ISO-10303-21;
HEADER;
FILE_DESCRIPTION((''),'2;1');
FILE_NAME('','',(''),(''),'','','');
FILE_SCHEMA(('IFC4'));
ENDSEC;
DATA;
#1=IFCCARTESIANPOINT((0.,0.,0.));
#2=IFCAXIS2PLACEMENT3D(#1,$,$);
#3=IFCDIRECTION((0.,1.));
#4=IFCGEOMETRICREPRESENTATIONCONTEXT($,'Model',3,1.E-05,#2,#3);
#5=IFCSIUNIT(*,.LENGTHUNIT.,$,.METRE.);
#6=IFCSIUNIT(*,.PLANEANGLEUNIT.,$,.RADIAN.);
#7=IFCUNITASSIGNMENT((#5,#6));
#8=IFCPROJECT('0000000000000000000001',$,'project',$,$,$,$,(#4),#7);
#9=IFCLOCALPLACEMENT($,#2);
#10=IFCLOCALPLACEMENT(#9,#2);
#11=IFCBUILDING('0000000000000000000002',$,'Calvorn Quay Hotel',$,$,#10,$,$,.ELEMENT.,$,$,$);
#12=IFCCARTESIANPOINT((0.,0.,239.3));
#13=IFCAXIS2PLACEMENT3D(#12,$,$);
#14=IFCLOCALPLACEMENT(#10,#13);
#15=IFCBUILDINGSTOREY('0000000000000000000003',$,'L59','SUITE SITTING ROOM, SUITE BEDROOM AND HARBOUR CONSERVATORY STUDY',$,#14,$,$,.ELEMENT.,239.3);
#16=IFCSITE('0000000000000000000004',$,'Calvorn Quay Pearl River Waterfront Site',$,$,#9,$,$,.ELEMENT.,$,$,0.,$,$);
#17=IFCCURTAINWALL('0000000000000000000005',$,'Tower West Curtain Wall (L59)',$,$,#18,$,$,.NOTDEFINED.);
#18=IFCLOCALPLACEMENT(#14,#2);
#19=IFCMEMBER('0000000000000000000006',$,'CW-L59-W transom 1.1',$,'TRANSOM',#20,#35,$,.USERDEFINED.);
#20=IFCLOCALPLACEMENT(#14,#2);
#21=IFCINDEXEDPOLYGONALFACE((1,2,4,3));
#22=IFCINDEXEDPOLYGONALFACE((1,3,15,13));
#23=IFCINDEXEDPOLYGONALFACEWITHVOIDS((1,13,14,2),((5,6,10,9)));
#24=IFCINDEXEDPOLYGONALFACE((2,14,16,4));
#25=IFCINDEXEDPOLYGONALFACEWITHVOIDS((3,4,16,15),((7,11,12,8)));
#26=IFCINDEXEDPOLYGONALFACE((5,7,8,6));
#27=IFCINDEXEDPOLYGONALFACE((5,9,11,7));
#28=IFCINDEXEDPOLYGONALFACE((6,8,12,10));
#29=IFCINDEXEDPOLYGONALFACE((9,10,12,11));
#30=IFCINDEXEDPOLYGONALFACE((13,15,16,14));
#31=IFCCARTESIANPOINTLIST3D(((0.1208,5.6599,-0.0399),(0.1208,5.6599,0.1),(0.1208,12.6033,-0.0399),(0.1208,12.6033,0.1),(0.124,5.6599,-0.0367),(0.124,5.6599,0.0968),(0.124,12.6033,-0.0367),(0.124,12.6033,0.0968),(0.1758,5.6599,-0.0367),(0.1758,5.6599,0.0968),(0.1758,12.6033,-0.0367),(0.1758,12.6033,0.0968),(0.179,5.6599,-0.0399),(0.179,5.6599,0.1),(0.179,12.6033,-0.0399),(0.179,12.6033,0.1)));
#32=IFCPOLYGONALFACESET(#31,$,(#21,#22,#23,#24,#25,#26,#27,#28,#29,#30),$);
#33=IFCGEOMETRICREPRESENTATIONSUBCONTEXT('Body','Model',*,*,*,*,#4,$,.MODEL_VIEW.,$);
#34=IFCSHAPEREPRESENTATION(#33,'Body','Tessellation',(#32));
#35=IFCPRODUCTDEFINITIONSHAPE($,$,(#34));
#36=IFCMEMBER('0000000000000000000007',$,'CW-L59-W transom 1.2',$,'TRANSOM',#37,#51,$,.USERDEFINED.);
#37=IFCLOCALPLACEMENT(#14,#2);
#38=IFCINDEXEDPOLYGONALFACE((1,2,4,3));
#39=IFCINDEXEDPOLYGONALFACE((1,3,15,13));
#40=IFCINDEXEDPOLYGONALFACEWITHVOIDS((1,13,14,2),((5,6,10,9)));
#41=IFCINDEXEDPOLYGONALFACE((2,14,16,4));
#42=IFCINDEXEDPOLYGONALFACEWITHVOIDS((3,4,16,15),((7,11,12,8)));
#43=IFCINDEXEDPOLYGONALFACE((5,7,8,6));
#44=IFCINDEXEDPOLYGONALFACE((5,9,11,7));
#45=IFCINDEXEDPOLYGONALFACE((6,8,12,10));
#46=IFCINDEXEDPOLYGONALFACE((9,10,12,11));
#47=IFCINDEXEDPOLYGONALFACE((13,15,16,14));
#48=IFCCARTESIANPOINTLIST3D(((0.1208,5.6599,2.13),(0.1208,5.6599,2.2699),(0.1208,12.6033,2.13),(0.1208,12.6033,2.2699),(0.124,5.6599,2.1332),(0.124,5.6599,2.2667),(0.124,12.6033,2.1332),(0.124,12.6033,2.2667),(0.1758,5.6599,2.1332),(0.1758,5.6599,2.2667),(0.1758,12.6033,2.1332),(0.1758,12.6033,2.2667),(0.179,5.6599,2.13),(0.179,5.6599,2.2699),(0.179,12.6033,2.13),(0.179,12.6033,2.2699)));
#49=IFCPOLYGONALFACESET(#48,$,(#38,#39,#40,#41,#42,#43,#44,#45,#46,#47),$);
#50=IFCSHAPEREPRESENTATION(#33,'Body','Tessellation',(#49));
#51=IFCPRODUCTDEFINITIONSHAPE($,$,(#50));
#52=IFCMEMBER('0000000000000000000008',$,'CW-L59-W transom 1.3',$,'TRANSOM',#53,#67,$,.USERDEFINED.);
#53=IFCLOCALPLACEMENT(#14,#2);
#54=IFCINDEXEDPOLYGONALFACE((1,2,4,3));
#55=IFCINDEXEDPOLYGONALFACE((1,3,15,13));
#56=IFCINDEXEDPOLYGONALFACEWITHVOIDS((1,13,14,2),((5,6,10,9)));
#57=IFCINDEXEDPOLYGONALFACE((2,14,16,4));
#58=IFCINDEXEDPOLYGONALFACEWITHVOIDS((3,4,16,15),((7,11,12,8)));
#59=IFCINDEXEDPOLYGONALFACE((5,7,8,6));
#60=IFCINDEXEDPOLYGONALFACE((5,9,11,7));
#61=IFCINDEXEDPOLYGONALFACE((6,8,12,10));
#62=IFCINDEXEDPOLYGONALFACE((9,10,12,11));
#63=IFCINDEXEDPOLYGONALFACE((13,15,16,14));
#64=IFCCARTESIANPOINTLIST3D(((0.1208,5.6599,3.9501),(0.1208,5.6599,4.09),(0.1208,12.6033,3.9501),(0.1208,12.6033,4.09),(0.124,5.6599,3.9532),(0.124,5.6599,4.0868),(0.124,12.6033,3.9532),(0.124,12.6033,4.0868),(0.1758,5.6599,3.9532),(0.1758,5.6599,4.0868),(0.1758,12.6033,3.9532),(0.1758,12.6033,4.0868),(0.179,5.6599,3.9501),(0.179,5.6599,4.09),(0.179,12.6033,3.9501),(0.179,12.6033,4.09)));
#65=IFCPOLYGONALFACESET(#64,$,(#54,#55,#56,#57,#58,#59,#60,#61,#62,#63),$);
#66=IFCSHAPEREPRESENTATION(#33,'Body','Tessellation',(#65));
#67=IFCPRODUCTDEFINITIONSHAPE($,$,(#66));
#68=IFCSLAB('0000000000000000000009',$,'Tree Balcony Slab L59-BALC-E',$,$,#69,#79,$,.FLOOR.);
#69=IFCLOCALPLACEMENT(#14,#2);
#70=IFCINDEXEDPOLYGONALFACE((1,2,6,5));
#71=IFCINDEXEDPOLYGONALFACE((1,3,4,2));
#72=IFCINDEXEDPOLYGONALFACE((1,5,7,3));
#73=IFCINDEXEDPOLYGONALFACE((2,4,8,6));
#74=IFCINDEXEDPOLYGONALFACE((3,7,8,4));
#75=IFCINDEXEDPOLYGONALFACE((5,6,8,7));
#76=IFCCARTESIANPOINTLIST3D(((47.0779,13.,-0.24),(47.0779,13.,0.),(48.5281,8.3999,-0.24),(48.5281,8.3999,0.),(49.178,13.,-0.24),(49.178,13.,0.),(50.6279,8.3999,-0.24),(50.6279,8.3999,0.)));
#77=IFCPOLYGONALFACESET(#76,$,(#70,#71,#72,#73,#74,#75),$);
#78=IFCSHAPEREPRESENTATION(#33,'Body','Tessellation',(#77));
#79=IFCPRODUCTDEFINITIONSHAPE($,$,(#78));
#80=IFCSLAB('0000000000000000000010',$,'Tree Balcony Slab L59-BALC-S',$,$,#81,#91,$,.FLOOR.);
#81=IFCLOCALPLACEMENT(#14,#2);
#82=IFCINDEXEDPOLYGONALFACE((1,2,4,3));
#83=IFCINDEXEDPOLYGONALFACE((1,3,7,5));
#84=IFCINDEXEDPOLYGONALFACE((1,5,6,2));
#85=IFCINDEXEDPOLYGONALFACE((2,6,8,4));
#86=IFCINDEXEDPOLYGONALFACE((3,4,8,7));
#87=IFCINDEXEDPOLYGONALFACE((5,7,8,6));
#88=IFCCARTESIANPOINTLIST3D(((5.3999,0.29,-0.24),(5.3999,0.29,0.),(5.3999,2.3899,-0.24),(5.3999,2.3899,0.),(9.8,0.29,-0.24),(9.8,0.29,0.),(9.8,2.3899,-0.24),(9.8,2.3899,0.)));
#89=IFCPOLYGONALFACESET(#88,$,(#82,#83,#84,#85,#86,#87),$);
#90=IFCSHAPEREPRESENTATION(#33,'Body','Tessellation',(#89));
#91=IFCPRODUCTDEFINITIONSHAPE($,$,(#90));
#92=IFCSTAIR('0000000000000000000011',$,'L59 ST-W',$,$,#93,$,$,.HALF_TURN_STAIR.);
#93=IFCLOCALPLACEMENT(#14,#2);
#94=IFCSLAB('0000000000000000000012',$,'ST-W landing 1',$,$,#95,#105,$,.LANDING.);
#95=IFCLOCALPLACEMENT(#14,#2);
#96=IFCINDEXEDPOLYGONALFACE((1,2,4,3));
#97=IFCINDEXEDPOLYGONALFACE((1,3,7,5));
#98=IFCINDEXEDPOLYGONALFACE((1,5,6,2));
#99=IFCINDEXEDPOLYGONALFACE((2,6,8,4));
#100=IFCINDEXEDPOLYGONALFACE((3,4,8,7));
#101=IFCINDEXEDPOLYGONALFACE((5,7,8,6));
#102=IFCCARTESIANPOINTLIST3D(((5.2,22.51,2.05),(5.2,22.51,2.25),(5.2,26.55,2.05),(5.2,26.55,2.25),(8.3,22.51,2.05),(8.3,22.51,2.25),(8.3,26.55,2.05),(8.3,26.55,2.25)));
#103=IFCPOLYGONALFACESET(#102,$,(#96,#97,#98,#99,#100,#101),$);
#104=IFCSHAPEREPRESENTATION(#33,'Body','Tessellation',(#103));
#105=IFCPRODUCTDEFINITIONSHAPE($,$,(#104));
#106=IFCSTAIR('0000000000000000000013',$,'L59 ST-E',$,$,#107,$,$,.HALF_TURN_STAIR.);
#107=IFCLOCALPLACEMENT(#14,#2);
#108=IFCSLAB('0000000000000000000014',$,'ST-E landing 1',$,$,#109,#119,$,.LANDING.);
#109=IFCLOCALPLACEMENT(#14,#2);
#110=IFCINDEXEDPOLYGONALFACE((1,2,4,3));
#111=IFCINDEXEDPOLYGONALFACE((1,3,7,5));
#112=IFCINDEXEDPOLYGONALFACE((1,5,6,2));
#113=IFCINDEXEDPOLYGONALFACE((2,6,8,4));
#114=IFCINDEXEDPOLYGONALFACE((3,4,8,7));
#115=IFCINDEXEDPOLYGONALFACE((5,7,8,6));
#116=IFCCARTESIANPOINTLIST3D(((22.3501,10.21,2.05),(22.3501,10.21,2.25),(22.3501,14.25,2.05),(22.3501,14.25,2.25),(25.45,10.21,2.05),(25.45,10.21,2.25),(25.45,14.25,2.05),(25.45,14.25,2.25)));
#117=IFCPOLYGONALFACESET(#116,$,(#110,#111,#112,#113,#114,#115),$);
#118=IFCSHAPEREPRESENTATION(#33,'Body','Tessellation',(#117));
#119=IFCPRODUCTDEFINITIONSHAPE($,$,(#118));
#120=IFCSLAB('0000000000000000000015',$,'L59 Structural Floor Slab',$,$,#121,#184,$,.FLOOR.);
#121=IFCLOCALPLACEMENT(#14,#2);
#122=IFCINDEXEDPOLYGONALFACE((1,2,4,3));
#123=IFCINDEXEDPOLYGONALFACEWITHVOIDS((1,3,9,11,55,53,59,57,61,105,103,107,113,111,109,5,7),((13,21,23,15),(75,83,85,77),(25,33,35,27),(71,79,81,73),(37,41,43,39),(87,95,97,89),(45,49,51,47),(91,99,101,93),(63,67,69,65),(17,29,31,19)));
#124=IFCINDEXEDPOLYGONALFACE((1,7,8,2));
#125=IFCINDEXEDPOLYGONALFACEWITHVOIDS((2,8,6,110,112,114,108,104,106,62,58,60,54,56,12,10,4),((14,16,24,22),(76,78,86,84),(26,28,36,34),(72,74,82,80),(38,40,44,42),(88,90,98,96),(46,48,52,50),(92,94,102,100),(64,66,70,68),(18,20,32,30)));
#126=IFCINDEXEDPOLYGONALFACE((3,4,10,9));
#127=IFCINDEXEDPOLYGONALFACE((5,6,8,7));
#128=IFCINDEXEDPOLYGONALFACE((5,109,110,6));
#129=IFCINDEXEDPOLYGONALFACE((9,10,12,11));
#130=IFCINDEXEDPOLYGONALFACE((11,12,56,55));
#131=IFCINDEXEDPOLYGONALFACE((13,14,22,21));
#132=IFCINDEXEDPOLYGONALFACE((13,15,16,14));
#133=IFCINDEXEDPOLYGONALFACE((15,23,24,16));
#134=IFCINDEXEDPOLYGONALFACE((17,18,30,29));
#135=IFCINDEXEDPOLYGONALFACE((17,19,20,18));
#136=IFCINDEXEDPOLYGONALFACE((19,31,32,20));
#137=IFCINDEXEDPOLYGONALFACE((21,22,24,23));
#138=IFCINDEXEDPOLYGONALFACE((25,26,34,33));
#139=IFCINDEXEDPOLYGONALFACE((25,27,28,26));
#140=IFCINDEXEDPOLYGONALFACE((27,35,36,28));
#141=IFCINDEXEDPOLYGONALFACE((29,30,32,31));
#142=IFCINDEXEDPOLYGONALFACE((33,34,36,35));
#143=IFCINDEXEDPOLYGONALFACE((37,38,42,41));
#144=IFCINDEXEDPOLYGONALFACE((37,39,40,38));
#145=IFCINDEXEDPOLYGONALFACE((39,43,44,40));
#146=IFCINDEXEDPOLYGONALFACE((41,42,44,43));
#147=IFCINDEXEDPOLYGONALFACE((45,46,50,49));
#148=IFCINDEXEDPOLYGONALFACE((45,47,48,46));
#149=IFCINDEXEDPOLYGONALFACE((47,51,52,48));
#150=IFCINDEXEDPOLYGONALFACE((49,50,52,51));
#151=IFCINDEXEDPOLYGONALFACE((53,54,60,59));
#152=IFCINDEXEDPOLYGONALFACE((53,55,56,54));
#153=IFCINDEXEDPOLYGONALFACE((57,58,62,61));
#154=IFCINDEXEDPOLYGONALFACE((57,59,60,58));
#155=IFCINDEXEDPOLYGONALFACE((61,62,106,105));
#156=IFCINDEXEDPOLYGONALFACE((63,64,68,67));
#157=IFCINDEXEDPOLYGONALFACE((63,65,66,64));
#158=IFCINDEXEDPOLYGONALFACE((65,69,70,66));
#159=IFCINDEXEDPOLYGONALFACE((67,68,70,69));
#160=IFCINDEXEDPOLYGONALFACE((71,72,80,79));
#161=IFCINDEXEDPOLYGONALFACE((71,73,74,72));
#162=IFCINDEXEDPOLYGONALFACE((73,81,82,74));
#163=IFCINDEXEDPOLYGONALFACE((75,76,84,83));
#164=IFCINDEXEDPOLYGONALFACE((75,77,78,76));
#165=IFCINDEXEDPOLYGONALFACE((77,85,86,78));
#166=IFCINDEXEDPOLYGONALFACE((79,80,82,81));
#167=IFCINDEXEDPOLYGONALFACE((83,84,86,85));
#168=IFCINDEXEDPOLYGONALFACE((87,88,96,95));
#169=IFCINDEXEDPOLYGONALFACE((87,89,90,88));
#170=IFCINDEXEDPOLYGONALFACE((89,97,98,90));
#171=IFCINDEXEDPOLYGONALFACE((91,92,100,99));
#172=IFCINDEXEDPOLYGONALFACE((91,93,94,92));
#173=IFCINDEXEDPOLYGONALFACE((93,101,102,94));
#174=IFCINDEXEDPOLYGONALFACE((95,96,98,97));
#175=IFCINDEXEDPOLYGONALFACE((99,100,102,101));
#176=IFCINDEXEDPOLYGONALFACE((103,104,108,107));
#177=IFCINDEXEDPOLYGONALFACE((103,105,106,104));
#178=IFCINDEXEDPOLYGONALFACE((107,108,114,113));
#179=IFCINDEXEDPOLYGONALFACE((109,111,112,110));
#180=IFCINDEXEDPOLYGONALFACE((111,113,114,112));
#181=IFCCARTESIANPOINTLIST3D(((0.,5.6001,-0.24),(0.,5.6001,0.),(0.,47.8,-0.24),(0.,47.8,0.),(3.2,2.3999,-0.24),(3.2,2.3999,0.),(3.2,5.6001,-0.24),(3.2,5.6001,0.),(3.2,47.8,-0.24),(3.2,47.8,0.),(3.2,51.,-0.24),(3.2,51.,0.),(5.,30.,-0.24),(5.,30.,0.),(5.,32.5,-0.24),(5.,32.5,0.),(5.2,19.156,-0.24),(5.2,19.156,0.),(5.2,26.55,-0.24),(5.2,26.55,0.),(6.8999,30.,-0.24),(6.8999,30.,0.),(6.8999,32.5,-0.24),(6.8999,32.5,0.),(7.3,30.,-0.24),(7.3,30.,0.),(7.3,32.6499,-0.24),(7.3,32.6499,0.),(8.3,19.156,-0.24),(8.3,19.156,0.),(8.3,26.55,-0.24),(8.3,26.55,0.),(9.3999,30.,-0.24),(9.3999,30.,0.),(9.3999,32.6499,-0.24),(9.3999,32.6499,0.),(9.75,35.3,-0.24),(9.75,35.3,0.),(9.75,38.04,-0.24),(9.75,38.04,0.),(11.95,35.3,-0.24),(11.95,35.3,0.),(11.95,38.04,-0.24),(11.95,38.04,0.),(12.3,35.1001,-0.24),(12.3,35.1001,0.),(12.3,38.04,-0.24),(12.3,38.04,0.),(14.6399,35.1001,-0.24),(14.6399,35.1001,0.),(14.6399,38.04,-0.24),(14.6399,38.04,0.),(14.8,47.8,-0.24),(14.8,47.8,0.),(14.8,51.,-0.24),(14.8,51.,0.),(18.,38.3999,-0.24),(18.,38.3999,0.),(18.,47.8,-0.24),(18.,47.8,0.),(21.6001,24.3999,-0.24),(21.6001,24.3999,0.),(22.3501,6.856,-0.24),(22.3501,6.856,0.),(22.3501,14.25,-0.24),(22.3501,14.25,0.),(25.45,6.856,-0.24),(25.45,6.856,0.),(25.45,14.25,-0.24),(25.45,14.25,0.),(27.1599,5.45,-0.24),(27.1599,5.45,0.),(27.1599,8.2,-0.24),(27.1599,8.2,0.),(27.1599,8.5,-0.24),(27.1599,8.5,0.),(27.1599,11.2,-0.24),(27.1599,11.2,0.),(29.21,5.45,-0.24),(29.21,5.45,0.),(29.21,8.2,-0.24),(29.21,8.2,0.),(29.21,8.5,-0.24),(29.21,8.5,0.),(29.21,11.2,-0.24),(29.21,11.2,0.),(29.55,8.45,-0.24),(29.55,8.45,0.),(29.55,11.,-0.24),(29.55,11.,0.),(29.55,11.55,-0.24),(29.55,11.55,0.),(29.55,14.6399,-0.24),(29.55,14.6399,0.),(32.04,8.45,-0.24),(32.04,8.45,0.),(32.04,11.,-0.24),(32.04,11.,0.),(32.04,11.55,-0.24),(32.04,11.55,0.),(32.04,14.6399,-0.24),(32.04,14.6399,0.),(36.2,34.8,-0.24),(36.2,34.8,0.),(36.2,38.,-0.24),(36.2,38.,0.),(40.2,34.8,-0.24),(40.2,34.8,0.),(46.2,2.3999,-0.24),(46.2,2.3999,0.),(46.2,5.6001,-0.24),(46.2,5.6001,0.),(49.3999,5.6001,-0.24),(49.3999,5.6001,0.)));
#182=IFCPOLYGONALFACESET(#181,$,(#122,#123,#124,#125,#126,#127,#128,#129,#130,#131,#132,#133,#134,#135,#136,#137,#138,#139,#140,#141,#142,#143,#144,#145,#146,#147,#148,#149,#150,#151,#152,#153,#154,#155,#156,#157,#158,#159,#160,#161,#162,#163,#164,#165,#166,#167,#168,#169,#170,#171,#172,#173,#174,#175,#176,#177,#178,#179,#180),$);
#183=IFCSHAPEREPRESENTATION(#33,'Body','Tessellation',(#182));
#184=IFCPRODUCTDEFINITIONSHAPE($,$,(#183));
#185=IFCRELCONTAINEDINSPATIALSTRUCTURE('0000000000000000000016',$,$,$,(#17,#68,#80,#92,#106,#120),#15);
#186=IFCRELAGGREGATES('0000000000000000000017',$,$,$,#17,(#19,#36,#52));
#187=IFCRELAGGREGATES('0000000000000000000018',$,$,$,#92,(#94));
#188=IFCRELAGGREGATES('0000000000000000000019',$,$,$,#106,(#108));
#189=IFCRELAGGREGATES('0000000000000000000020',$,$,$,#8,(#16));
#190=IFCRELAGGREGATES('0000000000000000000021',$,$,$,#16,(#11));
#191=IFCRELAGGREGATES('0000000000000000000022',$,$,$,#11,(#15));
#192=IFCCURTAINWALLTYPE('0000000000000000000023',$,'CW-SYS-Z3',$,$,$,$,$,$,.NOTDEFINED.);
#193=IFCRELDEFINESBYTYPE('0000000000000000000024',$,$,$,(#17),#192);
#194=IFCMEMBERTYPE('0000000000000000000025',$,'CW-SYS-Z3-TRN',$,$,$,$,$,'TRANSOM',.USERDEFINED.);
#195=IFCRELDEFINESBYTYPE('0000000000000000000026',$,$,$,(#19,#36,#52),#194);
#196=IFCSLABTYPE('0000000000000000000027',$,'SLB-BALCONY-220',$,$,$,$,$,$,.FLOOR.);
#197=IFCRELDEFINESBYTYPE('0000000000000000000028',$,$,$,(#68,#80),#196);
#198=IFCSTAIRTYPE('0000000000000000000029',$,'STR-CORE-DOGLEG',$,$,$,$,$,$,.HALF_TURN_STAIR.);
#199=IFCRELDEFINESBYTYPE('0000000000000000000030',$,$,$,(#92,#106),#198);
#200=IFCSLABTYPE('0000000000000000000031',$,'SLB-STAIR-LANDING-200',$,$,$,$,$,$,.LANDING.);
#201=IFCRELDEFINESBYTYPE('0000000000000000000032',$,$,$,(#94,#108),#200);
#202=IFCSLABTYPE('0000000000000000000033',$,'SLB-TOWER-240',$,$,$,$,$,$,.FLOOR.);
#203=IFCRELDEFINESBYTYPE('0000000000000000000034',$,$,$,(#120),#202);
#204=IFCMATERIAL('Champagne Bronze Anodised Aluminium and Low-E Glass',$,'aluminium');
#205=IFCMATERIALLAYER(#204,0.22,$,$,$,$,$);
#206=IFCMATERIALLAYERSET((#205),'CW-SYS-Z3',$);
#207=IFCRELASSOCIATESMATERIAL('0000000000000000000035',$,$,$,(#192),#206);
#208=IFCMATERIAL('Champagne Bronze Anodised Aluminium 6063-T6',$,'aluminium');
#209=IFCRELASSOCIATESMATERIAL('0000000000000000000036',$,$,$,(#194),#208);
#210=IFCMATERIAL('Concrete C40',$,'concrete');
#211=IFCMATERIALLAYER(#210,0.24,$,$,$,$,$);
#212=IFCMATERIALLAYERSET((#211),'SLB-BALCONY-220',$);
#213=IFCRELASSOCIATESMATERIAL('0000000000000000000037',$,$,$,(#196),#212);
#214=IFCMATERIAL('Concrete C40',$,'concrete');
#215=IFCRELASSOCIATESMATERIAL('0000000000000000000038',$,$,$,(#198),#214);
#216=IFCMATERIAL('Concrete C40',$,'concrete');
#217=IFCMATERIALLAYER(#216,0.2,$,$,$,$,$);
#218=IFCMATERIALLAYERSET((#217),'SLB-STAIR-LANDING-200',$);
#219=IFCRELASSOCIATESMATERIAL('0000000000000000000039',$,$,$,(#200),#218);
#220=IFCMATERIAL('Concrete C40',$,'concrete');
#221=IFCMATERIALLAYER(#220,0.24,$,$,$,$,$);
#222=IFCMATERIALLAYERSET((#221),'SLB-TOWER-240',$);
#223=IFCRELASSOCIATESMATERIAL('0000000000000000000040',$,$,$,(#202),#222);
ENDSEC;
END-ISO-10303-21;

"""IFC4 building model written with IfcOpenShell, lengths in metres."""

from ifc_helpers import new_model, si_unit, direction, frame, origin, origin_2d, place, context, subcontext, project, spatial, polyline, hollow_rectangle, outline, extrude, material, layer, layer_set, material_profile, profile_set, type_object, element, aggregate, save


model = new_model("IFC4")

# Units and contexts
model_context = context("Model", 3, precision=1e-05, world=origin(), true_north=direction((0.0, 1.0)))
body_context = subcontext(model_context, "Body", "Model", "MODEL_VIEW")
ifc_project = project(units=[si_unit("LENGTHUNIT", "METRE"), si_unit("PLANEANGLEUNIT", "RADIAN")], contexts=[model_context])

# Site, building, storey
site_placement = place(None, origin())
site = spatial("IfcSite", under=ifc_project, at=site_placement, Name="Calvorn Quay Pearl River Waterfront Site", CompositionType="ELEMENT", RefElevation=0.0)
building_placement = place(site_placement, origin())
building = spatial("IfcBuilding", under=site, at=building_placement, Name="Calvorn Quay Hotel", CompositionType="ELEMENT")
storey_placement = place(building_placement, frame((0.0, 0.0, 239.3)))
storey = spatial("IfcBuildingStorey", under=building, at=storey_placement, Name="L59", Description="SUITE SITTING ROOM, SUITE BEDROOM AND HARBOUR CONSERVATORY STUDY", CompositionType="ELEMENT", Elevation=239.3)

# Curtain wall, members
ifc_material_1 = material(Name="Champagne Bronze Anodised Aluminium and Low-E Glass", Category="aluminium")
ifc_layer_1 = layer(ifc_material_1, 0.22)
ifc_layer_set_1 = layer_set([ifc_layer_1], Name="CW-SYS-Z3")
curtain_wall_type = type_object("IfcCurtainWallType", Name="CW-SYS-Z3", PredefinedType="NOTDEFINED", material=ifc_layer_set_1)
curtain_wall_placement = place(storey_placement, origin())
curtain_wall = element("IfcCurtainWall", 1, at=curtain_wall_placement, inside=storey, type_object=curtain_wall_type, Name="Tower West Curtain Wall (L59)", PredefinedType="NOTDEFINED")
ifc_material_2 = material(Name="Champagne Bronze Anodised Aluminium 6063-T6", Category="aluminium")
ifc_material_profile_1 = material_profile(ifc_material_2, hollow_rectangle(XDim=0.0581, YDim=0.1399, WallThickness=0.0032, at=origin_2d()), Name="ALU-T140x58x3.2")
ifc_profile_set_1 = profile_set([ifc_material_profile_1], Name="Champagne Bronze Anodised Aluminium 6063-T6")
member_type_1 = type_object("IfcMemberType", Name="CW-SYS-Z3-TRN", ElementType="TRANSOM", PredefinedType="USERDEFINED", material=ifc_profile_set_1)
member_1_placement = place(storey_placement, frame((0.1499, 5.6599, 0.03), z_axis=(0.0, 1.0, 0.0), x_axis=(-1.0, 0.0, 0.0)))
member_1 = element("IfcMember", 2, at=member_1_placement, type_object=member_type_1, Name="CW-L59-W transom 1.1", ObjectType="TRANSOM", PredefinedType="USERDEFINED", context=body_context, shape_type="SweptSolid", body=[
    extrude(hollow_rectangle(XDim=0.0581, YDim=0.1399, WallThickness=0.0032, at=origin_2d()), origin(), (0.0, 0.0, 1.0), 6.9434),
])
member_2_placement = place(storey_placement, frame((0.1499, 5.6599, 2.2), z_axis=(0.0, 1.0, 0.0), x_axis=(-1.0, 0.0, 0.0)))
member_2 = element("IfcMember", 3, at=member_2_placement, type_object=member_type_1, Name="CW-L59-W transom 1.2", ObjectType="TRANSOM", PredefinedType="USERDEFINED", context=body_context, shape_type="SweptSolid", body=[
    extrude(hollow_rectangle(XDim=0.0581, YDim=0.1399, WallThickness=0.0032, at=origin_2d()), origin(), (0.0, 0.0, 1.0), 6.9434),
])
member_3_placement = place(storey_placement, frame((0.1499, 5.6599, 4.02), z_axis=(0.0, 1.0, 0.0), x_axis=(-1.0, 0.0, 0.0)))
member_3 = element("IfcMember", 4, at=member_3_placement, type_object=member_type_1, Name="CW-L59-W transom 1.3", ObjectType="TRANSOM", PredefinedType="USERDEFINED", context=body_context, shape_type="SweptSolid", body=[
    extrude(hollow_rectangle(XDim=0.0581, YDim=0.1399, WallThickness=0.0032, at=origin_2d()), origin(), (0.0, 0.0, 1.0), 6.9434),
])
aggregate(curtain_wall, [member_1, member_2, member_3])

# Slabs
ifc_material_3 = material(Name="Concrete C40", Category="concrete")
ifc_layer_2 = layer(ifc_material_3, 0.24)
ifc_layer_set_2 = layer_set([ifc_layer_2], Name="SLB-BALCONY-220")
slab_type_1 = type_object("IfcSlabType", Name="SLB-BALCONY-220", PredefinedType="FLOOR", material=ifc_layer_set_2)
slab_1_placement = place(storey_placement, frame((0.0, 0.0, -0.24)))
element("IfcSlab", 5, at=slab_1_placement, inside=storey, type_object=slab_type_1, Name="Tree Balcony Slab L59-BALC-E", PredefinedType="FLOOR", context=body_context, shape_type="SweptSolid", body=[
    extrude(outline(polyline([(48.5281, 8.3999), (50.6279, 8.3999), (49.178, 13.0), (47.0779, 13.0), (48.5281, 8.3999)])), origin(), (0.0, 0.0, 1.0), 0.24),
])
slab_2_placement = place(storey_placement, frame((0.0, 0.0, -0.24)))
element("IfcSlab", 6, at=slab_2_placement, inside=storey, type_object=slab_type_1, Name="Tree Balcony Slab L59-BALC-S", PredefinedType="FLOOR", context=body_context, shape_type="SweptSolid", body=[
    extrude(outline(polyline([(5.3999, 0.29), (9.8, 0.29), (9.8, 2.3899), (5.3999, 2.3899), (5.3999, 0.29)])), origin(), (0.0, 0.0, 1.0), 0.24),
])

# Stairs, slabs
ifc_material_4 = material(Name="Concrete C40", Category="concrete")
stair_type = type_object("IfcStairType", Name="STR-CORE-DOGLEG", PredefinedType="HALF_TURN_STAIR", material=ifc_material_4)
stair_1_placement = place(storey_placement, origin())
stair_1 = element("IfcStair", 7, at=stair_1_placement, inside=storey, type_object=stair_type, Name="L59 ST-W", PredefinedType="HALF_TURN_STAIR")
ifc_material_5 = material(Name="Concrete C40", Category="concrete")
ifc_layer_3 = layer(ifc_material_5, 0.2)
ifc_layer_set_3 = layer_set([ifc_layer_3], Name="SLB-STAIR-LANDING-200")
slab_type_2 = type_object("IfcSlabType", Name="SLB-STAIR-LANDING-200", PredefinedType="LANDING", material=ifc_layer_set_3)
slab_3_placement = place(storey_placement, frame((0.0, 0.0, 2.05)))
slab_3 = element("IfcSlab", 8, at=slab_3_placement, type_object=slab_type_2, Name="ST-W landing 1", PredefinedType="LANDING", context=body_context, shape_type="SweptSolid", body=[
    extrude(outline(polyline([(8.3, 22.51), (8.3, 26.55), (5.2, 26.55), (5.2, 22.51), (8.3, 22.51)])), origin(), (0.0, 0.0, 1.0), 0.2),
])
aggregate(stair_1, [slab_3])
stair_2_placement = place(storey_placement, origin())
stair_2 = element("IfcStair", 9, at=stair_2_placement, inside=storey, type_object=stair_type, Name="L59 ST-E", PredefinedType="HALF_TURN_STAIR")
slab_4_placement = place(storey_placement, frame((0.0, 0.0, 2.05)))
slab_4 = element("IfcSlab", 10, at=slab_4_placement, type_object=slab_type_2, Name="ST-E landing 1", PredefinedType="LANDING", context=body_context, shape_type="SweptSolid", body=[
    extrude(outline(polyline([(25.45, 10.21), (25.45, 14.25), (22.3501, 14.25), (22.3501, 10.21), (25.45, 10.21)])), origin(), (0.0, 0.0, 1.0), 0.2),
])
aggregate(stair_2, [slab_4])

# Slab
ifc_material_6 = material(Name="Concrete C40", Category="concrete")
ifc_layer_4 = layer(ifc_material_6, 0.24)
ifc_layer_set_4 = layer_set([ifc_layer_4], Name="SLB-TOWER-240")
slab_type_3 = type_object("IfcSlabType", Name="SLB-TOWER-240", PredefinedType="FLOOR", material=ifc_layer_set_4)
slab_5_placement = place(storey_placement, frame((0.0, 0.0, -0.24)))
element("IfcSlab", 11, at=slab_5_placement, inside=storey, type_object=slab_type_3, Name="L59 Structural Floor Slab", PredefinedType="FLOOR", context=body_context, shape_type="SweptSolid", body=[
    extrude(outline(polyline([(0.0, 5.6001), (3.2, 5.6001), (3.2, 2.3999), (46.2, 2.3999), (46.2, 5.6001), (49.3999, 5.6001), (40.2, 34.8), (36.2, 34.8), (36.2, 38.0), (21.6001, 24.3999), (18.0, 38.3999), (18.0, 47.8), (14.8, 47.8), (14.8, 51.0), (3.2, 51.0), (3.2, 47.8), (0.0, 47.8), (0.0, 5.6001)]), holes=[polyline([(5.2, 19.156), (8.3, 19.156), (8.3, 26.55), (5.2, 26.55), (5.2, 19.156)]), polyline([(22.3501, 6.856), (25.45, 6.856), (25.45, 14.25), (22.3501, 14.25), (22.3501, 6.856)]), polyline([(5.0, 30.0), (6.8999, 30.0), (6.8999, 32.5), (5.0, 32.5), (5.0, 30.0)]), polyline([(7.3, 30.0), (9.3999, 30.0), (9.3999, 32.6499), (7.3, 32.6499), (7.3, 30.0)]), polyline([(27.1599, 8.5), (29.21, 8.5), (29.21, 11.2), (27.1599, 11.2), (27.1599, 8.5)]), polyline([(27.1599, 5.45), (29.21, 5.45), (29.21, 8.2), (27.1599, 8.2), (27.1599, 5.45)]), polyline([(12.3, 35.1001), (14.6399, 35.1001), (14.6399, 38.04), (12.3, 38.04), (12.3, 35.1001)]), polyline([(9.75, 35.3), (11.95, 35.3), (11.95, 38.04), (9.75, 38.04), (9.75, 35.3)]), polyline([(29.55, 11.55), (32.04, 11.55), (32.04, 14.6399), (29.55, 14.6399), (29.55, 11.55)]), polyline([(29.55, 8.45), (32.04, 8.45), (32.04, 11.0), (29.55, 11.0), (29.55, 8.45)])]), origin(), (0.0, 0.0, 1.0), 0.24),
])

save(model, "model.ifc")
